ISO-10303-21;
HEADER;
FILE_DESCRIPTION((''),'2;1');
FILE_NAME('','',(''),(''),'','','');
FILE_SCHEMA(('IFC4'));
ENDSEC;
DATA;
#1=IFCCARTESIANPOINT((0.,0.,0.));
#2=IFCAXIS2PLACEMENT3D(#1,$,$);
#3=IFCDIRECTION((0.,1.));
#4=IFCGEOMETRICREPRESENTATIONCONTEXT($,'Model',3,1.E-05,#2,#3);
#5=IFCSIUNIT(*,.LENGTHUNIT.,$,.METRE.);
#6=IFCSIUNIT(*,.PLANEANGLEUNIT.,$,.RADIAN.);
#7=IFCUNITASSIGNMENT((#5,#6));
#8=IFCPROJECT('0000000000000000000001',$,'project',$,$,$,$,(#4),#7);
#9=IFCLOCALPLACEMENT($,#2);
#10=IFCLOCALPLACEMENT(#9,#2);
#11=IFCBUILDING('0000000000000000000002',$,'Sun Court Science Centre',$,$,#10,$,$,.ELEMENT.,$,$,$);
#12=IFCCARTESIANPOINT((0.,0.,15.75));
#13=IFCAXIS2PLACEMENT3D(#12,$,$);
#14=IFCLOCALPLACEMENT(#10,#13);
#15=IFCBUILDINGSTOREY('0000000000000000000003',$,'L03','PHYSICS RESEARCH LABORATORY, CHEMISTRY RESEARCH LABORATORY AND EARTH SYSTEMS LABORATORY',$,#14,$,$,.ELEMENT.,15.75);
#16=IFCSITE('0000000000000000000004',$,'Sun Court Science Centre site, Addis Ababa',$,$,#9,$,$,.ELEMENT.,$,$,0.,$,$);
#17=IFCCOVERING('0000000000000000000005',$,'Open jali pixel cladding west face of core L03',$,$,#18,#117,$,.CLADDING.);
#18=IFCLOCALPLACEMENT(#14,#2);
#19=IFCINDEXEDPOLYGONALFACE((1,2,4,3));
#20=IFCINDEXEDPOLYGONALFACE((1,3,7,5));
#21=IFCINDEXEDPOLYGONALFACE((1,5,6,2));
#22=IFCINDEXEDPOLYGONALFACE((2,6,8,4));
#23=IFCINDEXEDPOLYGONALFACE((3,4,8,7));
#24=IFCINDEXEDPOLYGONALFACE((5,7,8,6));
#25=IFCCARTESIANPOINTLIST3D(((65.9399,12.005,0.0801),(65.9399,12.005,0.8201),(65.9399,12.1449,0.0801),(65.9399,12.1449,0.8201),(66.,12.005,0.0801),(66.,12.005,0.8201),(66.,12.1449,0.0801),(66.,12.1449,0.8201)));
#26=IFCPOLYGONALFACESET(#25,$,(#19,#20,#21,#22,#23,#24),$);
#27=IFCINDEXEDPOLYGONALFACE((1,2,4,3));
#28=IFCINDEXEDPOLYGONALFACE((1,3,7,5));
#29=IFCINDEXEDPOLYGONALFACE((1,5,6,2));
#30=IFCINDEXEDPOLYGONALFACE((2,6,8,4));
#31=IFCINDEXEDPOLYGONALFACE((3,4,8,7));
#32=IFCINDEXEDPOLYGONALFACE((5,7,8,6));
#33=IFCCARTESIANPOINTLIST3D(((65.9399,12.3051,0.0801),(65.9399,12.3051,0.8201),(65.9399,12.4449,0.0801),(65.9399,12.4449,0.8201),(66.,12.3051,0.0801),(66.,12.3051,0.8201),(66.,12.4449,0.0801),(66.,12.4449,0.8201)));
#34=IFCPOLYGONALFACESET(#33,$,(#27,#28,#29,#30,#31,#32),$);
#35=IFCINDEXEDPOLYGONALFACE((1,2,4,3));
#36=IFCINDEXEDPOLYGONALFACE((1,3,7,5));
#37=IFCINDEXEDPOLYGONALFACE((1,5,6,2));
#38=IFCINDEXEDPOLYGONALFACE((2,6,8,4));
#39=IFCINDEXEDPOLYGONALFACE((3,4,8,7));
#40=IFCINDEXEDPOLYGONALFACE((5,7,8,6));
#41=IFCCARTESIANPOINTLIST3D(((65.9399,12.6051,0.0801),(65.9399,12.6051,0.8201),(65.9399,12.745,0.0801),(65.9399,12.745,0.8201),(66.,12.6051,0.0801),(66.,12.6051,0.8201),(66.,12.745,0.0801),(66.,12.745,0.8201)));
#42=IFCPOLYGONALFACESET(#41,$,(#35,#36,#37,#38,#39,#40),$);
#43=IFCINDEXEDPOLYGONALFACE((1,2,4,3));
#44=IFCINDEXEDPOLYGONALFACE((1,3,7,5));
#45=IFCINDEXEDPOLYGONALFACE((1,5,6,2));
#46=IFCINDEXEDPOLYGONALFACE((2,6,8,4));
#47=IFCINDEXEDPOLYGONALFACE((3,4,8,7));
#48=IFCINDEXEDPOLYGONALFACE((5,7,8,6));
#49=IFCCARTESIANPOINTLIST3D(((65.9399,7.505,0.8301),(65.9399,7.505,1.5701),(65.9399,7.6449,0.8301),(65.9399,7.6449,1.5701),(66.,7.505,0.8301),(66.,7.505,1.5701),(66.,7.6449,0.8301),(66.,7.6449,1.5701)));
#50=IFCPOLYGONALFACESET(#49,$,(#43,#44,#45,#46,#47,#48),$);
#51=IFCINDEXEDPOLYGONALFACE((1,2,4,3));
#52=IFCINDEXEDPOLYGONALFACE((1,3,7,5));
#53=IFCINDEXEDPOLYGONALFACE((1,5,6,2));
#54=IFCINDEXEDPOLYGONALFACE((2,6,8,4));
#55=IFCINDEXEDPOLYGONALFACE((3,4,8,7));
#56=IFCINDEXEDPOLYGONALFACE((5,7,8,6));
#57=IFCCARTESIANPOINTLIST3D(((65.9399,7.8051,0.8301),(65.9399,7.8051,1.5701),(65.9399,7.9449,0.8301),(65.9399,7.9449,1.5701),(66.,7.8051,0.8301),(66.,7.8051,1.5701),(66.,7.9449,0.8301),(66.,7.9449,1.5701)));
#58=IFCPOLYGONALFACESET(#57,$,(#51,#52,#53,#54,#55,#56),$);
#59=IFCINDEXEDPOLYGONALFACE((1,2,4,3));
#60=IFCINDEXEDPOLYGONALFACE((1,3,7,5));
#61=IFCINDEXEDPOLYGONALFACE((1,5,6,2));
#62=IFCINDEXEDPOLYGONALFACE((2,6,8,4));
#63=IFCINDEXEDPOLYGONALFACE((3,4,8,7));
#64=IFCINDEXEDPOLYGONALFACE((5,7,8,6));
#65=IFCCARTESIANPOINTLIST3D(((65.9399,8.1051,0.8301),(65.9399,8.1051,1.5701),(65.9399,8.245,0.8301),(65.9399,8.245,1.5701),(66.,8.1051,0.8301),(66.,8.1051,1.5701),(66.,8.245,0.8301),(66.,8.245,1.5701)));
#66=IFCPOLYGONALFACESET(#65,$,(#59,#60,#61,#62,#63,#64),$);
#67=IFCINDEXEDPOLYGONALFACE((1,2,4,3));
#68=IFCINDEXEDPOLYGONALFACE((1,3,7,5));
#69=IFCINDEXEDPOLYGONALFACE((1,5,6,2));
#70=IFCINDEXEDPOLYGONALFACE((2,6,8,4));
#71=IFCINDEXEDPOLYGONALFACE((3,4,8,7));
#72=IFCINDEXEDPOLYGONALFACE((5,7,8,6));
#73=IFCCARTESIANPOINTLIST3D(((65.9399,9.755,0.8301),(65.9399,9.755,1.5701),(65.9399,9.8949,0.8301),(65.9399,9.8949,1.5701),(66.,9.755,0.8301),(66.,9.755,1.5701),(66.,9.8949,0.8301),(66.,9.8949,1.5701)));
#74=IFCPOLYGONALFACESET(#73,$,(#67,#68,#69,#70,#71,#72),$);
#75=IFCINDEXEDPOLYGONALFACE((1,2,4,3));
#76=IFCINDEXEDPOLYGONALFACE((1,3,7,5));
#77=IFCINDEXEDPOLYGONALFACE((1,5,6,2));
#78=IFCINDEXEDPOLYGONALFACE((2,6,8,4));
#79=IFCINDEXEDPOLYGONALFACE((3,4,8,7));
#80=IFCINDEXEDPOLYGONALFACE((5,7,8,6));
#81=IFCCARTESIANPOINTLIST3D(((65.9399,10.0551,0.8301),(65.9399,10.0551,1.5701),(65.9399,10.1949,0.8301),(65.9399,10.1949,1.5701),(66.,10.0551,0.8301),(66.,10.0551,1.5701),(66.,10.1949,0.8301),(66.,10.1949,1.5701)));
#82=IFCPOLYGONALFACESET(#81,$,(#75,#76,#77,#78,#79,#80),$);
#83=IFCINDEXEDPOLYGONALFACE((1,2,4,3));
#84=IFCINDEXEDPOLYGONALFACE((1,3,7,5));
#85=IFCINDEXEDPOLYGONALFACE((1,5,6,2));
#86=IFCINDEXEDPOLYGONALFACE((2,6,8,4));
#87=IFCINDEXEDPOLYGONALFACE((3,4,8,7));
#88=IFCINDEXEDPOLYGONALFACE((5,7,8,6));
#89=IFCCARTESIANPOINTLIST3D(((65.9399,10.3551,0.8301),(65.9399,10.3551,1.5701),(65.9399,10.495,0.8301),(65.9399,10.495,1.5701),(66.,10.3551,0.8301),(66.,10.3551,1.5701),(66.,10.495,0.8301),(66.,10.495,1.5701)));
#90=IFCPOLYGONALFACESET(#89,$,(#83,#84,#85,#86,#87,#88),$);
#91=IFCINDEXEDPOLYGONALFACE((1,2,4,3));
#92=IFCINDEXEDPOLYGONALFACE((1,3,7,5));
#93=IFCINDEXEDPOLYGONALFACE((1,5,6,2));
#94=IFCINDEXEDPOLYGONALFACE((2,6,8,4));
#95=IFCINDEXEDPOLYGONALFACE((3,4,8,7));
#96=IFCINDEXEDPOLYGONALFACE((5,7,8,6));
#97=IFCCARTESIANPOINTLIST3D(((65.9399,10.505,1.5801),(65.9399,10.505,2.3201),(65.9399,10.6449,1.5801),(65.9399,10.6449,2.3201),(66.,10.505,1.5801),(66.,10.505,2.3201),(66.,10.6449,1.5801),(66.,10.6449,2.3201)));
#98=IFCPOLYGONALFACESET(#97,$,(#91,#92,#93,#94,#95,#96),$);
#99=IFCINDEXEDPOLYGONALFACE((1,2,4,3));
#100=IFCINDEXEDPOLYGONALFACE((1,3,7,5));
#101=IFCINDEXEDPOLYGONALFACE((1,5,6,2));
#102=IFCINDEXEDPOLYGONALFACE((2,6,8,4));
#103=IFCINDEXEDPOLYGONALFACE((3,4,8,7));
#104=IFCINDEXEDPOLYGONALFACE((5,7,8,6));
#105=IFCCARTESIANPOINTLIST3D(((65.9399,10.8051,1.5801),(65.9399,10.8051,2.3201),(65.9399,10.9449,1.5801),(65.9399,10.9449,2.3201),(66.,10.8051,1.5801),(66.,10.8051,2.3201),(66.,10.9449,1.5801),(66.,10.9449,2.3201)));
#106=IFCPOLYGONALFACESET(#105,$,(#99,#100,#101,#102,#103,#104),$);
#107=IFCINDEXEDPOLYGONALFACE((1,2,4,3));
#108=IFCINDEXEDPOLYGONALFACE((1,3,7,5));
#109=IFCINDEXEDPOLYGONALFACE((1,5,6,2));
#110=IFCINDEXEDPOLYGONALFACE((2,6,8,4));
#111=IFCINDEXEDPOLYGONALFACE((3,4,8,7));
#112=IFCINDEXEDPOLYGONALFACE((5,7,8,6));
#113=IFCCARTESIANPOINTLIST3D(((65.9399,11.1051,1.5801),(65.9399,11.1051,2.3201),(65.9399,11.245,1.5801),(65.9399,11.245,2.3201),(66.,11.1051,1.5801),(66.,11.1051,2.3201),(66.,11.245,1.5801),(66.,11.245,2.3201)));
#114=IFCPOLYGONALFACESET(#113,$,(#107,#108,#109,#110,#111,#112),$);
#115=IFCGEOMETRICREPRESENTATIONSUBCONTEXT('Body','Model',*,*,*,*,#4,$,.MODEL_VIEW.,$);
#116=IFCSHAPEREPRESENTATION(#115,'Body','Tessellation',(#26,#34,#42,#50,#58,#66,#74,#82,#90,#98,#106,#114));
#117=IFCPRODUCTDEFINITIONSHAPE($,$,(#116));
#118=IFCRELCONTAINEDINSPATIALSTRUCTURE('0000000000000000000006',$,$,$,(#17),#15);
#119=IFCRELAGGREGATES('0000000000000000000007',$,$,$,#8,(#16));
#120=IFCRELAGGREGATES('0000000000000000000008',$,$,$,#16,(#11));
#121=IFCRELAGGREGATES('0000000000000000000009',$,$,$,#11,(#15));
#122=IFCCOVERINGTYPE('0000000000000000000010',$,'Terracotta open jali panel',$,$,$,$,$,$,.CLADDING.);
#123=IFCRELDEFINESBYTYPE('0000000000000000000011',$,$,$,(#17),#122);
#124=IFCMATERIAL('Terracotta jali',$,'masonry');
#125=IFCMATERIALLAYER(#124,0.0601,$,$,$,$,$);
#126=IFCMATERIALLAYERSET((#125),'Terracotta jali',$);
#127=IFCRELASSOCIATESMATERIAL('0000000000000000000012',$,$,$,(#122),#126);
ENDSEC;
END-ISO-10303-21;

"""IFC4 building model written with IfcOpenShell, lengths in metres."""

from ifc_helpers import new_model, si_unit, direction, frame, origin, origin_2d, place, context, subcontext, project, spatial, rectangle, extrude, material, layer, layer_set, type_object, element, save


model = new_model("IFC4")

# Units and contexts
model_context = context("Model", 3, precision=1e-05, world=origin(), true_north=direction((0.0, 1.0)))
body_context = subcontext(model_context, "Body", "Model", "MODEL_VIEW")
ifc_project = project(units=[si_unit("LENGTHUNIT", "METRE"), si_unit("PLANEANGLEUNIT", "RADIAN")], contexts=[model_context])

# Site, building, storey
site_placement = place(None, origin())
site = spatial("IfcSite", under=ifc_project, at=site_placement, Name="Sun Court Science Centre site, Addis Ababa", CompositionType="ELEMENT", RefElevation=0.0)
building_placement = place(site_placement, origin())
building = spatial("IfcBuilding", under=site, at=building_placement, Name="Sun Court Science Centre", CompositionType="ELEMENT")
storey_placement = place(building_placement, frame((0.0, 0.0, 15.75)))
storey = spatial("IfcBuildingStorey", under=building, at=storey_placement, Name="L03", Description="PHYSICS RESEARCH LABORATORY, CHEMISTRY RESEARCH LABORATORY AND EARTH SYSTEMS LABORATORY", CompositionType="ELEMENT", Elevation=15.75)

# Covering
ifc_material_1 = material(Name="Terracotta jali", Category="masonry")
ifc_layer_1 = layer(ifc_material_1, 0.0601)
ifc_layer_set_1 = layer_set([ifc_layer_1], Name="Terracotta jali")
covering_type_1 = type_object("IfcCoveringType", Name="Terracotta open jali panel", PredefinedType="CLADDING", material=ifc_layer_set_1)
covering_1_placement = place(storey_placement, frame((0.0, 0.0, -15.75)))
element("IfcCovering", 1, at=covering_1_placement, inside=storey, type_object=covering_type_1, Name="Open jali pixel cladding west face of core L03", PredefinedType="CLADDING", context=body_context, shape_type="SweptSolid", body=[
    extrude(rectangle(XDim=0.1399, YDim=0.0601, at=origin_2d()), frame((65.97, 12.075, 15.8301), z_axis=(0.0, 0.0, 1.0), x_axis=(0.0, 1.0, 0.0)), (0.0, 0.0, 1.0), 0.74),
    extrude(rectangle(XDim=0.1399, YDim=0.0601, at=origin_2d()), frame((65.97, 12.375, 15.8301), z_axis=(0.0, 0.0, 1.0), x_axis=(0.0, 1.0, 0.0)), (0.0, 0.0, 1.0), 0.74),
    extrude(rectangle(XDim=0.1399, YDim=0.0601, at=origin_2d()), frame((65.97, 12.675, 15.8301), z_axis=(0.0, 0.0, 1.0), x_axis=(0.0, 1.0, 0.0)), (0.0, 0.0, 1.0), 0.74),
    extrude(rectangle(XDim=0.1399, YDim=0.0601, at=origin_2d()), frame((65.97, 7.575, 16.5801), z_axis=(0.0, 0.0, 1.0), x_axis=(0.0, 1.0, 0.0)), (0.0, 0.0, 1.0), 0.74),
    extrude(rectangle(XDim=0.1399, YDim=0.0601, at=origin_2d()), frame((65.97, 7.875, 16.5801), z_axis=(0.0, 0.0, 1.0), x_axis=(0.0, 1.0, 0.0)), (0.0, 0.0, 1.0), 0.74),
    extrude(rectangle(XDim=0.1399, YDim=0.0601, at=origin_2d()), frame((65.97, 8.175, 16.5801), z_axis=(0.0, 0.0, 1.0), x_axis=(0.0, 1.0, 0.0)), (0.0, 0.0, 1.0), 0.74),
    extrude(rectangle(XDim=0.1399, YDim=0.0601, at=origin_2d()), frame((65.97, 9.825, 16.5801), z_axis=(0.0, 0.0, 1.0), x_axis=(0.0, 1.0, 0.0)), (0.0, 0.0, 1.0), 0.74),
    extrude(rectangle(XDim=0.1399, YDim=0.0601, at=origin_2d()), frame((65.97, 10.125, 16.5801), z_axis=(0.0, 0.0, 1.0), x_axis=(0.0, 1.0, 0.0)), (0.0, 0.0, 1.0), 0.74),
    extrude(rectangle(XDim=0.1399, YDim=0.0601, at=origin_2d()), frame((65.97, 10.425, 16.5801), z_axis=(0.0, 0.0, 1.0), x_axis=(0.0, 1.0, 0.0)), (0.0, 0.0, 1.0), 0.74),
    extrude(rectangle(XDim=0.1399, YDim=0.0601, at=origin_2d()), frame((65.97, 10.575, 17.3301), z_axis=(0.0, 0.0, 1.0), x_axis=(0.0, 1.0, 0.0)), (0.0, 0.0, 1.0), 0.74),
    extrude(rectangle(XDim=0.1399, YDim=0.0601, at=origin_2d()), frame((65.97, 10.875, 17.3301), z_axis=(0.0, 0.0, 1.0), x_axis=(0.0, 1.0, 0.0)), (0.0, 0.0, 1.0), 0.74),
    extrude(rectangle(XDim=0.1399, YDim=0.0601, at=origin_2d()), frame((65.97, 11.175, 17.3301), z_axis=(0.0, 0.0, 1.0), x_axis=(0.0, 1.0, 0.0)), (0.0, 0.0, 1.0), 0.74),
])

save(model, "model.ifc")
